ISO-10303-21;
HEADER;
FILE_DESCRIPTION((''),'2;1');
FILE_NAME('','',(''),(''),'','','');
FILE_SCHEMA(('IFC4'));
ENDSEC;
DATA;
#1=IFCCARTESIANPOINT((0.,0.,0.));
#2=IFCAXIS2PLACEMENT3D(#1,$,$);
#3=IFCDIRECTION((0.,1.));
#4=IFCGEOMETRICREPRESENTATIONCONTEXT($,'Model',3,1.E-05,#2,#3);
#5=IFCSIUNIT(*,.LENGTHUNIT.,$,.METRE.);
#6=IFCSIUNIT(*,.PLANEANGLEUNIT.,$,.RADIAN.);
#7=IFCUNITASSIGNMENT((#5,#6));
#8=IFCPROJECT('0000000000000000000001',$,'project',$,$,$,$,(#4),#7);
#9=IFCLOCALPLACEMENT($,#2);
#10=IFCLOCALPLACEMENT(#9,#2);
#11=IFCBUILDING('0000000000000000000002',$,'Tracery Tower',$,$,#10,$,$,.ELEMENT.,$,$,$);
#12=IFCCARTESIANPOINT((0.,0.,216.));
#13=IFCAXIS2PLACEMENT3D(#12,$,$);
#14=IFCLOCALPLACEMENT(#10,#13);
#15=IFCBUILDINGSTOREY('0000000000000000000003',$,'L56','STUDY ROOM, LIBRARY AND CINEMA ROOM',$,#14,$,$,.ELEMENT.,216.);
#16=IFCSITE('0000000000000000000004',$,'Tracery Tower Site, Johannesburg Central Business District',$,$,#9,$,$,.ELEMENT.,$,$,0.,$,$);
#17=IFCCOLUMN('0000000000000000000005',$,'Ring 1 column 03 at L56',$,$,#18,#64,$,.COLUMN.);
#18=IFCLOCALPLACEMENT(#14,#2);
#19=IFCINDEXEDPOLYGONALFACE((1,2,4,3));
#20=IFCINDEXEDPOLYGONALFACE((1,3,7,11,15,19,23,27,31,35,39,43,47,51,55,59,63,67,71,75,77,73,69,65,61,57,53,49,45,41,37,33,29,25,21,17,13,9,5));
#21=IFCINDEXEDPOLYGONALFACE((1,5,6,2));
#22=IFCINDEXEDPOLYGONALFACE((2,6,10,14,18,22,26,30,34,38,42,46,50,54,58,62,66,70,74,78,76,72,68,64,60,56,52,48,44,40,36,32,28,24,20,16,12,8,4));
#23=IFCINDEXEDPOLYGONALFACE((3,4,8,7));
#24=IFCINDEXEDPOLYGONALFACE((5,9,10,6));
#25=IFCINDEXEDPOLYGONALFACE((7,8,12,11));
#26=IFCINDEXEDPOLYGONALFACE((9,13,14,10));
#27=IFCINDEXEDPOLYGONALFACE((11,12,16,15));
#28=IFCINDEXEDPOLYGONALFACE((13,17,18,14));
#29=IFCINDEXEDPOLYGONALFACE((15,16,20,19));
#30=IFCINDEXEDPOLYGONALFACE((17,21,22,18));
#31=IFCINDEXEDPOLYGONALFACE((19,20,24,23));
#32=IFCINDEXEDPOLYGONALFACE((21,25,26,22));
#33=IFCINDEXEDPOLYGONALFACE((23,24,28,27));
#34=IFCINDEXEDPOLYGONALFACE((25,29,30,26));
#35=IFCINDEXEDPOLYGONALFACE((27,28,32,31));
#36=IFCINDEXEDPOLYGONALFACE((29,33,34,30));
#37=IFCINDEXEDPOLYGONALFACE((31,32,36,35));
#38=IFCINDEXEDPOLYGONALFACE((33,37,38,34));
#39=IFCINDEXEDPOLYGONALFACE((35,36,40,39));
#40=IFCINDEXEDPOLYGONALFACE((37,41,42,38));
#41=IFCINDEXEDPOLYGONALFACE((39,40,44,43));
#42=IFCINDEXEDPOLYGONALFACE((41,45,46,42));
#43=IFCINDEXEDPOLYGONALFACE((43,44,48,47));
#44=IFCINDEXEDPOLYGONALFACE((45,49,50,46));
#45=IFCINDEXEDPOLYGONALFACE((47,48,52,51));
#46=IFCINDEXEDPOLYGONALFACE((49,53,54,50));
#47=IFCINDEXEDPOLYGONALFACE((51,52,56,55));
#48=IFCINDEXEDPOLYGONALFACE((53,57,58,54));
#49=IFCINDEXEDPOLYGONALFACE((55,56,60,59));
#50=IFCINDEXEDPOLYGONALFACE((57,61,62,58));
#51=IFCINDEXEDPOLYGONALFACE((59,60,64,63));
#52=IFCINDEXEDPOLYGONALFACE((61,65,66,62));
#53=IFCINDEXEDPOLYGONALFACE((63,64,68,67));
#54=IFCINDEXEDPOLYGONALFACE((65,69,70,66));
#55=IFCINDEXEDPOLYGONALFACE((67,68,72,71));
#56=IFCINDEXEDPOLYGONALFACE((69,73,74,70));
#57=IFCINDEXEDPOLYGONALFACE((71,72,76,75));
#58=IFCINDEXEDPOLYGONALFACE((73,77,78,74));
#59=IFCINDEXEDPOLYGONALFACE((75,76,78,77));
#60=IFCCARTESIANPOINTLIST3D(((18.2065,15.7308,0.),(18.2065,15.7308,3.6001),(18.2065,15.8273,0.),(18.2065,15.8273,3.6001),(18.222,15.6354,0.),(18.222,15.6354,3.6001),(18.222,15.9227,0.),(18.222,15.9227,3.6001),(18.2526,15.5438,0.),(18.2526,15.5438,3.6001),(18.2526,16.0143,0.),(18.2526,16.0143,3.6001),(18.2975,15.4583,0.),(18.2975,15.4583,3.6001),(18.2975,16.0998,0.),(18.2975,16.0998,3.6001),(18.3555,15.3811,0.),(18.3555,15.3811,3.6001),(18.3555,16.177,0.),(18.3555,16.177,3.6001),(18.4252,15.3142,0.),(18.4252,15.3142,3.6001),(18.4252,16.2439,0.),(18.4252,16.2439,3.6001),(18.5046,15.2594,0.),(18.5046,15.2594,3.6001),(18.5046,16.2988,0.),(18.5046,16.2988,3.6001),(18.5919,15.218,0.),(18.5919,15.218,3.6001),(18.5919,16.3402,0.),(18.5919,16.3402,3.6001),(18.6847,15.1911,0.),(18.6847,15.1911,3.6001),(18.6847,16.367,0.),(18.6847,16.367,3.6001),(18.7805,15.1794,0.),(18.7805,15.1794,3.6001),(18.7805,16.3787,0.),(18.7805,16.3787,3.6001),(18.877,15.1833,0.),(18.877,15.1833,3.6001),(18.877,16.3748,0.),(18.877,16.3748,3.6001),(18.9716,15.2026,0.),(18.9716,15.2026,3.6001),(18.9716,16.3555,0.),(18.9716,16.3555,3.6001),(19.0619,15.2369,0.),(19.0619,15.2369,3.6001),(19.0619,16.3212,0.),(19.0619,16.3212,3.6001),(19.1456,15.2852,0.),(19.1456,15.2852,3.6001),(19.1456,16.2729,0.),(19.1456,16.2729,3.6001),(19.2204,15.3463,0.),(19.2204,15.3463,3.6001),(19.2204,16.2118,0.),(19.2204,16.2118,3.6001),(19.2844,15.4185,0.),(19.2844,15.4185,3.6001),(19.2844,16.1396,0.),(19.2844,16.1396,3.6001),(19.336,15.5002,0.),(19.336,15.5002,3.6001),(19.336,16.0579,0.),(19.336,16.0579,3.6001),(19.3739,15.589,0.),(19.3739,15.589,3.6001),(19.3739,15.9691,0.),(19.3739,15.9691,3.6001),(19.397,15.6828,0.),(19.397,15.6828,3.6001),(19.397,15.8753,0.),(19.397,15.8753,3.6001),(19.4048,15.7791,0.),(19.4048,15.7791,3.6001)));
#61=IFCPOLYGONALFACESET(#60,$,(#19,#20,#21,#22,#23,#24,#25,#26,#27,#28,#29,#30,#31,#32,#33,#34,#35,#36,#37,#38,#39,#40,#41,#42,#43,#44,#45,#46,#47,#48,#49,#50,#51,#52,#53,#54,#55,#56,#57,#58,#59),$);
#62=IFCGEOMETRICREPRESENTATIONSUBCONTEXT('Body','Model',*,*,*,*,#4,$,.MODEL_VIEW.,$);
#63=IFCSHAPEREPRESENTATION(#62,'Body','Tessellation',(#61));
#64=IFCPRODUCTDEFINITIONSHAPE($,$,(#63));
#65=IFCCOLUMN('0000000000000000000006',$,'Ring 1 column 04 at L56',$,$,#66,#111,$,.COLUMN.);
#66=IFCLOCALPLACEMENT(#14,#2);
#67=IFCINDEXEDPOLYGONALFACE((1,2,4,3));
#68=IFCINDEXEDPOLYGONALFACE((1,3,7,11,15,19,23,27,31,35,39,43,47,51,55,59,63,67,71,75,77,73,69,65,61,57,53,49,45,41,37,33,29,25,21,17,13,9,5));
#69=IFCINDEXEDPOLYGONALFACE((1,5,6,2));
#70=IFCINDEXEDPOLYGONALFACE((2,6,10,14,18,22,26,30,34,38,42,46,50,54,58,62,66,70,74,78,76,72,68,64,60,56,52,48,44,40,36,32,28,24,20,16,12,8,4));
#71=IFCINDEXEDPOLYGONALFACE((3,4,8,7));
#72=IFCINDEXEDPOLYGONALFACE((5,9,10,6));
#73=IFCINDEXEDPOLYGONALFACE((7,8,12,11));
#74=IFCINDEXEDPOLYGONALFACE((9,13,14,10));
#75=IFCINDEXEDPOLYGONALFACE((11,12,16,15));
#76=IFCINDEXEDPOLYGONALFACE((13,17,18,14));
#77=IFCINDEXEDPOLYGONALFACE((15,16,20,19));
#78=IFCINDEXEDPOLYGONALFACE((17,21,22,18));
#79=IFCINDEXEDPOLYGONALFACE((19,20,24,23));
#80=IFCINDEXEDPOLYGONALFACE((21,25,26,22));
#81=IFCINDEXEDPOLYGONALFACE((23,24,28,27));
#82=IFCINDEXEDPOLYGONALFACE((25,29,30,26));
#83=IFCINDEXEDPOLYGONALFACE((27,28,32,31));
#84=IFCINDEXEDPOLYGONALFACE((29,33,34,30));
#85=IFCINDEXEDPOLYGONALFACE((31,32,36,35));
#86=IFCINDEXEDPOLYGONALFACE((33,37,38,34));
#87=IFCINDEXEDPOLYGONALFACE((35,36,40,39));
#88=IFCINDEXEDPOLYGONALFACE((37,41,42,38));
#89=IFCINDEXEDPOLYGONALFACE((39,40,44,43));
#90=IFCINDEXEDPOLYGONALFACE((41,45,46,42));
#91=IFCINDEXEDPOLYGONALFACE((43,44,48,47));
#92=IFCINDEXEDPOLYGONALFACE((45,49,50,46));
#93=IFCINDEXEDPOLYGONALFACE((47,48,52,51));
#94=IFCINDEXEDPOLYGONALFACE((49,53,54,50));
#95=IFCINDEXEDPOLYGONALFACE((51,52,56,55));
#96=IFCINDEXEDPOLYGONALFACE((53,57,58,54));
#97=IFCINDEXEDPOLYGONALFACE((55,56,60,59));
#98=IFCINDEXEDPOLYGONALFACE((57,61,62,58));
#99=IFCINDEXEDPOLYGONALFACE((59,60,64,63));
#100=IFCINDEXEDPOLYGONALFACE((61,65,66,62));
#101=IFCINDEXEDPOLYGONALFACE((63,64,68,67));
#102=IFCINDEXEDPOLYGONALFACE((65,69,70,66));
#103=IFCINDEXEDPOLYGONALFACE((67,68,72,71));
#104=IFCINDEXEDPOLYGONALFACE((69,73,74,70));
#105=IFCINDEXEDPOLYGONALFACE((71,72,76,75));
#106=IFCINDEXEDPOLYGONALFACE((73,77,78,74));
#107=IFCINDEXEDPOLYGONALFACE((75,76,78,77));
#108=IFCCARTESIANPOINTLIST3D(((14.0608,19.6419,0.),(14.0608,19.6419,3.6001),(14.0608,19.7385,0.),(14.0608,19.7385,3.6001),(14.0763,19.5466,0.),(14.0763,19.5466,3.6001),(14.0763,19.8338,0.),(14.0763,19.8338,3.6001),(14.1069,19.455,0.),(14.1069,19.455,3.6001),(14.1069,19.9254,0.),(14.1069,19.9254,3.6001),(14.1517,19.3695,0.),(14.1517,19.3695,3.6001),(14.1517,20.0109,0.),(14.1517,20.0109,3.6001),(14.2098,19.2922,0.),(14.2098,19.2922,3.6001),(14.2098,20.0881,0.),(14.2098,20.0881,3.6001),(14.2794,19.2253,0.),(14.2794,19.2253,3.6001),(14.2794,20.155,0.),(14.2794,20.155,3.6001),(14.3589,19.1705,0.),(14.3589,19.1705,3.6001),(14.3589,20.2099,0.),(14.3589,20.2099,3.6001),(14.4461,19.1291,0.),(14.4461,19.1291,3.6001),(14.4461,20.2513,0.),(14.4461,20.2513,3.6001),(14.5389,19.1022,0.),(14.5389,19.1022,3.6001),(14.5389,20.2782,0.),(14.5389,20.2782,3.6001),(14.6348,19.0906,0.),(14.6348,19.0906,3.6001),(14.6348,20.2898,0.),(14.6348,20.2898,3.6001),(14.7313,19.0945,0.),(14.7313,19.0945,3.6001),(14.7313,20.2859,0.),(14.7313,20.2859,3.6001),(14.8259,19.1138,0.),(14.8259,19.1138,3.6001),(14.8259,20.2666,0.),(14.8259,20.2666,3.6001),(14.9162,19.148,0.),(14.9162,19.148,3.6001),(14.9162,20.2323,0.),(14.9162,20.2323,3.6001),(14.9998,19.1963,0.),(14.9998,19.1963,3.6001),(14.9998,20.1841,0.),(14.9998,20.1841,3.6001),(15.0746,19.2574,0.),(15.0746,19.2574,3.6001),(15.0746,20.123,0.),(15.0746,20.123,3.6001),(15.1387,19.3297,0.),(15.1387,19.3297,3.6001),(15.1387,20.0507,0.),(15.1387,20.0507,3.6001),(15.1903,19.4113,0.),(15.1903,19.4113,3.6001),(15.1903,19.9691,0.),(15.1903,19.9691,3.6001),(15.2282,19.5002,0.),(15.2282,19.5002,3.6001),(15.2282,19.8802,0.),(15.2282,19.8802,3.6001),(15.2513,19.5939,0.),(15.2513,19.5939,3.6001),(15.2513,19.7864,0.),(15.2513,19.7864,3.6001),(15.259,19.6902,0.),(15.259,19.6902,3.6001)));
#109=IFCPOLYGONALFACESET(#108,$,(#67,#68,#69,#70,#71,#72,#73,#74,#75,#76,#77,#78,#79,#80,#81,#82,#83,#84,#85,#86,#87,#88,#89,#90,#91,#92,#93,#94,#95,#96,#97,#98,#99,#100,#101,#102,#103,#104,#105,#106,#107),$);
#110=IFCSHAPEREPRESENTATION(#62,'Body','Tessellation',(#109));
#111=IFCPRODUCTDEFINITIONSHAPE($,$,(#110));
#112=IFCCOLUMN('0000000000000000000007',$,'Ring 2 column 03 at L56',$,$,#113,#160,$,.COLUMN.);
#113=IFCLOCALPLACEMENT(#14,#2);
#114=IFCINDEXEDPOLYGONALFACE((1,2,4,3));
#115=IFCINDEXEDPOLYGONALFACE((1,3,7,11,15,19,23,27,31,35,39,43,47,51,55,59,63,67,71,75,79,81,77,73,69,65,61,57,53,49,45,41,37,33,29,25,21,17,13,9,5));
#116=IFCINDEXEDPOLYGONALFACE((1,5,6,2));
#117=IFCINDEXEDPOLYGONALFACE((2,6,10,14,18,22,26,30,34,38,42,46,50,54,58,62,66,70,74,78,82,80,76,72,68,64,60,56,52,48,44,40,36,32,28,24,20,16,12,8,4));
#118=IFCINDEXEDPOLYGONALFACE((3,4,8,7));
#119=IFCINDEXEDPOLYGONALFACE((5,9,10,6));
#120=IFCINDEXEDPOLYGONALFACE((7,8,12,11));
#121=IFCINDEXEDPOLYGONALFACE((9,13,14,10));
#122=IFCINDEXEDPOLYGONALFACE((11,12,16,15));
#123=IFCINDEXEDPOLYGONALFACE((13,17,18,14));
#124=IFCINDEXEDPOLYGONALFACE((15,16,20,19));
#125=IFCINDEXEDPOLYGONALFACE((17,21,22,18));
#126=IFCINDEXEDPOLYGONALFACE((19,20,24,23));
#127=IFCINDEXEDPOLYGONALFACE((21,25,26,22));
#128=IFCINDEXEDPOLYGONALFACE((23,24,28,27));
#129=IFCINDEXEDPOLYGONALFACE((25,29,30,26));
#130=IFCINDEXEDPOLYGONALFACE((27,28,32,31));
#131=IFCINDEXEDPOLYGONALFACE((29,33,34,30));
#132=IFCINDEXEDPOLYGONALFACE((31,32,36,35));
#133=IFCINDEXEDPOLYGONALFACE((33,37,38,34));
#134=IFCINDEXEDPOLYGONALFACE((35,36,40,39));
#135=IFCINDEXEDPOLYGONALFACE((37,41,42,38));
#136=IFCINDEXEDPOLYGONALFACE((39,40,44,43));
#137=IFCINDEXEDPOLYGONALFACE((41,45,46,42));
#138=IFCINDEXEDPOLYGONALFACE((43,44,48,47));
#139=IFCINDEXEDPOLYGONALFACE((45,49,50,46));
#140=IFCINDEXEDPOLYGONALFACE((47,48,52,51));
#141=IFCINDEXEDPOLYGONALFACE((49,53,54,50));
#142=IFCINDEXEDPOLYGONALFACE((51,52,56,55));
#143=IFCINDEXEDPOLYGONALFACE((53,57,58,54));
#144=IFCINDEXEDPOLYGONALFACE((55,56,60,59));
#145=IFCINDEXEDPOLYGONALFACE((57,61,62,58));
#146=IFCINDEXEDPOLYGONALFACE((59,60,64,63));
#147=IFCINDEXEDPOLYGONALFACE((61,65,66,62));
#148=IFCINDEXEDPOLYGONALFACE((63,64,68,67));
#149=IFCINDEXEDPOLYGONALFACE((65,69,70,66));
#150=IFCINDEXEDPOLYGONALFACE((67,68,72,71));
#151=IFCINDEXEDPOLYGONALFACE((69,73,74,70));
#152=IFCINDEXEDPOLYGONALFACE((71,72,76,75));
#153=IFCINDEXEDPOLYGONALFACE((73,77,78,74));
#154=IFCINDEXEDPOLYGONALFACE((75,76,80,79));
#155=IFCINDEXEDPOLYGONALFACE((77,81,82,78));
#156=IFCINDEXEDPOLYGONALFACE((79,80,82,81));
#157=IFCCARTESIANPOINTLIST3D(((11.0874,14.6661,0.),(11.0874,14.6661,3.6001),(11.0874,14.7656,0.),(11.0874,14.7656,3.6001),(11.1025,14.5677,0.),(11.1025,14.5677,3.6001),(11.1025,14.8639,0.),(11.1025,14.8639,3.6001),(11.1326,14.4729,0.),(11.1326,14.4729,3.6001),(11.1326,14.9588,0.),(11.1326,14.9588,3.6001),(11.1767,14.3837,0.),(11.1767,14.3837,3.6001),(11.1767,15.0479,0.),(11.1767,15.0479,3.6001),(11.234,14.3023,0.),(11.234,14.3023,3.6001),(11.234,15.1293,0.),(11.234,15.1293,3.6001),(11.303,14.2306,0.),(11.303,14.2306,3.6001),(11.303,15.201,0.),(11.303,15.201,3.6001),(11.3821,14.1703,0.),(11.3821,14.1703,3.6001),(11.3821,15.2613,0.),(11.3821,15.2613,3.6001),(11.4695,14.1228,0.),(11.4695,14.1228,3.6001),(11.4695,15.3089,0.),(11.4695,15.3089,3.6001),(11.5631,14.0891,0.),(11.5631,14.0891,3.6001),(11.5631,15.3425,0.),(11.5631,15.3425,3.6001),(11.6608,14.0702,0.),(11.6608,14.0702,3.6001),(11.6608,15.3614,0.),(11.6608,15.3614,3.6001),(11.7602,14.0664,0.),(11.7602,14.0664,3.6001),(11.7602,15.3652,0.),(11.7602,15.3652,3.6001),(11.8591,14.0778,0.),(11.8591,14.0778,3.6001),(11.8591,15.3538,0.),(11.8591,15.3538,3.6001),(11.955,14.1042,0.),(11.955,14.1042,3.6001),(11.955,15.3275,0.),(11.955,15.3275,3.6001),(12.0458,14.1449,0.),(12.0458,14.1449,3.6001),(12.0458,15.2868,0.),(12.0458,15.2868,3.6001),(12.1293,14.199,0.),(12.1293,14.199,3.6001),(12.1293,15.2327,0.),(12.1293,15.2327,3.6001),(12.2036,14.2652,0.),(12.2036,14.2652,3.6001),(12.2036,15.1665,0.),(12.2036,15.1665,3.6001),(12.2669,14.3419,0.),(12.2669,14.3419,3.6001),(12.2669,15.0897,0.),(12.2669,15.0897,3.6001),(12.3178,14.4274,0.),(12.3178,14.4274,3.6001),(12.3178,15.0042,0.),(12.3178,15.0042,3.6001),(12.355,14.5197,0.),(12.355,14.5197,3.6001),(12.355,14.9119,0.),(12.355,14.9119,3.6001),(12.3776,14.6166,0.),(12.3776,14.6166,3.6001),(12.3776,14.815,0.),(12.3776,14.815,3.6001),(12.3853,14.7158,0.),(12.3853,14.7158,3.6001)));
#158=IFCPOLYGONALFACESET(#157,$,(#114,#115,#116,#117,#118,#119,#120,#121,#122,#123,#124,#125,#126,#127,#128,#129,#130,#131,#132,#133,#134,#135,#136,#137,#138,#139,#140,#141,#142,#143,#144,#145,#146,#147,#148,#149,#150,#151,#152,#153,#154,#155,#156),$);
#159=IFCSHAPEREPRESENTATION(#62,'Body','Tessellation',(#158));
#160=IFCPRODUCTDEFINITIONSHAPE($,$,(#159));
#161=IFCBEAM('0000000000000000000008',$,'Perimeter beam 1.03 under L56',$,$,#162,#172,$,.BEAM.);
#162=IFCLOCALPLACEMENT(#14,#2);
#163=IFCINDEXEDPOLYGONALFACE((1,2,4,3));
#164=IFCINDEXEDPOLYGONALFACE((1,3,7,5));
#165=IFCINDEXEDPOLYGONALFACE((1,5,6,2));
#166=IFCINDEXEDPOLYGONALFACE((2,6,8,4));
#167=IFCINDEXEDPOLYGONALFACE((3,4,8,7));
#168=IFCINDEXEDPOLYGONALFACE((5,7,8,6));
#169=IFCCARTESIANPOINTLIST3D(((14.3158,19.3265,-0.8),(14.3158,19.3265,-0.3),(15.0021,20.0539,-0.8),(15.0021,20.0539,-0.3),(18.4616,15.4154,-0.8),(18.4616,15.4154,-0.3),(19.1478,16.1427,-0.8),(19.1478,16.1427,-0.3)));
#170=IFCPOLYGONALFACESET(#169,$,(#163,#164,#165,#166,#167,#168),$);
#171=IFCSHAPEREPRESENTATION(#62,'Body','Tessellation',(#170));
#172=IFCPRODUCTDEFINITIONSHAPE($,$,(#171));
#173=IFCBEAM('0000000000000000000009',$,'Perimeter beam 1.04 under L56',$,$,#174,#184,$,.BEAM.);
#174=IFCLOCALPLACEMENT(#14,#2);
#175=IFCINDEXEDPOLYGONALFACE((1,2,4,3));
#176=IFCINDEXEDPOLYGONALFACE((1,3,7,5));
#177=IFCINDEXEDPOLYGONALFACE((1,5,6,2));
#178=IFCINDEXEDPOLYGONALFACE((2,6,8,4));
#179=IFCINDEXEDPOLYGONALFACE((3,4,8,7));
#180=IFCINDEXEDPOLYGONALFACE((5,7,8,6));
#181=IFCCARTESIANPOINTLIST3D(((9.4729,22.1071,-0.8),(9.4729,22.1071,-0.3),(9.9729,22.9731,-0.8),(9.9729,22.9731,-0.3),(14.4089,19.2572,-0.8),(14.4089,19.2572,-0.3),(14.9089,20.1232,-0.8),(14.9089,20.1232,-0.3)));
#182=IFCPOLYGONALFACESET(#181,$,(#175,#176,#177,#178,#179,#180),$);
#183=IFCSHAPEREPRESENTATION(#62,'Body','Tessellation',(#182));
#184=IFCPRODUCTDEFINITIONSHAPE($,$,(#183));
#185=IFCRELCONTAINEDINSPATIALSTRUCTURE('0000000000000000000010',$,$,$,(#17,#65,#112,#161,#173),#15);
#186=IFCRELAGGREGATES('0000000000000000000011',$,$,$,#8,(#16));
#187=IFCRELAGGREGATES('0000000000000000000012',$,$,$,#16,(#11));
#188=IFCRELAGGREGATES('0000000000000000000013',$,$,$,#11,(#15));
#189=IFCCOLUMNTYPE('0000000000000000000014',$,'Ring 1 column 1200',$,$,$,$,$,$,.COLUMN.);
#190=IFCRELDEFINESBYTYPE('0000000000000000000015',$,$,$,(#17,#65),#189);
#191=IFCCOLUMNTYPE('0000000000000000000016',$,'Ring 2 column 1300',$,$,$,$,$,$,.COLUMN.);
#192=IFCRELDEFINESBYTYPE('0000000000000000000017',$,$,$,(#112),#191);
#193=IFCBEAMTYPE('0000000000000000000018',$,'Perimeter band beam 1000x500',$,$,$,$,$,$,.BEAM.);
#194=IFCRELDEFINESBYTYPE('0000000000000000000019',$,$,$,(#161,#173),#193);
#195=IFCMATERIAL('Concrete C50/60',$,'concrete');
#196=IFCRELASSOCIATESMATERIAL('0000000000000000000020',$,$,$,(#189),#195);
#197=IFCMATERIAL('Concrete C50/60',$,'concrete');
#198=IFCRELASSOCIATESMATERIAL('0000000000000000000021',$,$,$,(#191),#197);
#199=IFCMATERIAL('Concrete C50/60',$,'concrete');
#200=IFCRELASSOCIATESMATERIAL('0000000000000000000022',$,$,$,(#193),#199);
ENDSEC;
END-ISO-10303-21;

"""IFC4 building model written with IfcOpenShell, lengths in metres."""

from ifc_helpers import new_model, si_unit, direction, frame, origin, origin_2d, place, context, subcontext, project, spatial, rectangle, circle, extrude, material, material_profile, profile_set, type_object, element, save


model = new_model("IFC4")

# Units and contexts
model_context = context("Model", 3, precision=1e-05, world=origin(), true_north=direction((0.0, 1.0)))
body_context = subcontext(model_context, "Body", "Model", "MODEL_VIEW")
ifc_project = project(units=[si_unit("LENGTHUNIT", "METRE"), si_unit("PLANEANGLEUNIT", "RADIAN")], contexts=[model_context])

# Site, building, storey
site_placement = place(None, origin())
site = spatial("IfcSite", under=ifc_project, at=site_placement, Name="Tracery Tower Site, Johannesburg Central Business District", CompositionType="ELEMENT", RefElevation=0.0)
building_placement = place(site_placement, origin())
building = spatial("IfcBuilding", under=site, at=building_placement, Name="Tracery Tower", CompositionType="ELEMENT")
storey_placement = place(building_placement, frame((0.0, 0.0, 216.0)))
storey = spatial("IfcBuildingStorey", under=building, at=storey_placement, Name="L56", Description="STUDY ROOM, LIBRARY AND CINEMA ROOM", CompositionType="ELEMENT", Elevation=216.0)

# Columns
ifc_material_1 = material(Name="Concrete C50/60", Category="concrete")
ifc_material_profile_1 = material_profile(ifc_material_1, circle(Radius=0.6001, at=origin_2d()), Name="RC D1200")
ifc_profile_set_1 = profile_set([ifc_material_profile_1], Name="Concrete C50/60")
column_type_1 = type_object("IfcColumnType", Name="Ring 1 column 1200", PredefinedType="COLUMN", material=ifc_profile_set_1)
for number, where, z_axis, x_axis, name in (
    (1, (18.8047, 15.7791, 0.0), (0.0, 0.0, 1.0), (1.0, 0.0, 0.0), "Ring 1 column 03 at L56"),
    (2, (14.6589, 19.6902, 0.0), (0.0, 0.0, 1.0), (1.0, 0.0, 0.0), "Ring 1 column 04 at L56"),
):
    element("IfcColumn", number, at=place(storey_placement, frame(where, z_axis=z_axis, x_axis=x_axis)), inside=storey, type_object=column_type_1, Name=name, PredefinedType="COLUMN", context=body_context, shape_type="SweptSolid", body=[
        extrude(circle(Radius=0.6001, at=origin_2d()), origin(), (0.0, 0.0, 1.0), 3.6001),
    ])
ifc_material_2 = material(Name="Concrete C50/60", Category="concrete")
ifc_material_profile_2 = material_profile(ifc_material_2, circle(Radius=0.6499, at=origin_2d()), Name="RC D1300")
ifc_profile_set_2 = profile_set([ifc_material_profile_2], Name="Concrete C50/60")
column_type_2 = type_object("IfcColumnType", Name="Ring 2 column 1300", PredefinedType="COLUMN", material=ifc_profile_set_2)
column_placement = place(storey_placement, frame((11.7354, 14.7158, 0.0), z_axis=(0.0, 0.0, 1.0), x_axis=(1.0, 0.0, 0.0)))
element("IfcColumn", 3, at=column_placement, inside=storey, type_object=column_type_2, Name="Ring 2 column 03 at L56", PredefinedType="COLUMN", context=body_context, shape_type="SweptSolid", body=[
    extrude(circle(Radius=0.6499, at=origin_2d()), origin(), (0.0, 0.0, 1.0), 3.6001),
])

# Beams
ifc_material_3 = material(Name="Concrete C50/60", Category="concrete")
ifc_material_profile_3 = material_profile(ifc_material_3, rectangle(XDim=1.0, YDim=0.5, at=origin_2d()), Name="RC 1000x500")
ifc_profile_set_3 = profile_set([ifc_material_profile_3], Name="Concrete C50/60")
beam_type = type_object("IfcBeamType", Name="Perimeter band beam 1000x500", PredefinedType="BEAM", material=ifc_profile_set_3)
beam_1_placement = place(storey_placement, frame((18.8047, 15.7791, -0.55), z_axis=(-0.72739, 0.686225, 0.0), x_axis=(-0.686225, -0.72739, 0.0)))
element("IfcBeam", 4, at=beam_1_placement, inside=storey, type_object=beam_type, Name="Perimeter beam 1.03 under L56", PredefinedType="BEAM", context=body_context, shape_type="SweptSolid", body=[
    extrude(rectangle(XDim=1.0, YDim=0.5, at=origin_2d()), origin(), (0.0, 0.0, 1.0), 5.6995),
])
beam_2_placement = place(storey_placement, frame((14.6589, 19.6902, -0.55), z_axis=(-0.866023, 0.500004, 0.0), x_axis=(-0.500004, -0.866023, 0.0)))
element("IfcBeam", 5, at=beam_2_placement, inside=storey, type_object=beam_type, Name="Perimeter beam 1.04 under L56", PredefinedType="BEAM", context=body_context, shape_type="SweptSolid", body=[
    extrude(rectangle(XDim=1.0, YDim=0.5, at=origin_2d()), origin(), (0.0, 0.0, 1.0), 5.6997),
])

save(model, "model.ifc")
